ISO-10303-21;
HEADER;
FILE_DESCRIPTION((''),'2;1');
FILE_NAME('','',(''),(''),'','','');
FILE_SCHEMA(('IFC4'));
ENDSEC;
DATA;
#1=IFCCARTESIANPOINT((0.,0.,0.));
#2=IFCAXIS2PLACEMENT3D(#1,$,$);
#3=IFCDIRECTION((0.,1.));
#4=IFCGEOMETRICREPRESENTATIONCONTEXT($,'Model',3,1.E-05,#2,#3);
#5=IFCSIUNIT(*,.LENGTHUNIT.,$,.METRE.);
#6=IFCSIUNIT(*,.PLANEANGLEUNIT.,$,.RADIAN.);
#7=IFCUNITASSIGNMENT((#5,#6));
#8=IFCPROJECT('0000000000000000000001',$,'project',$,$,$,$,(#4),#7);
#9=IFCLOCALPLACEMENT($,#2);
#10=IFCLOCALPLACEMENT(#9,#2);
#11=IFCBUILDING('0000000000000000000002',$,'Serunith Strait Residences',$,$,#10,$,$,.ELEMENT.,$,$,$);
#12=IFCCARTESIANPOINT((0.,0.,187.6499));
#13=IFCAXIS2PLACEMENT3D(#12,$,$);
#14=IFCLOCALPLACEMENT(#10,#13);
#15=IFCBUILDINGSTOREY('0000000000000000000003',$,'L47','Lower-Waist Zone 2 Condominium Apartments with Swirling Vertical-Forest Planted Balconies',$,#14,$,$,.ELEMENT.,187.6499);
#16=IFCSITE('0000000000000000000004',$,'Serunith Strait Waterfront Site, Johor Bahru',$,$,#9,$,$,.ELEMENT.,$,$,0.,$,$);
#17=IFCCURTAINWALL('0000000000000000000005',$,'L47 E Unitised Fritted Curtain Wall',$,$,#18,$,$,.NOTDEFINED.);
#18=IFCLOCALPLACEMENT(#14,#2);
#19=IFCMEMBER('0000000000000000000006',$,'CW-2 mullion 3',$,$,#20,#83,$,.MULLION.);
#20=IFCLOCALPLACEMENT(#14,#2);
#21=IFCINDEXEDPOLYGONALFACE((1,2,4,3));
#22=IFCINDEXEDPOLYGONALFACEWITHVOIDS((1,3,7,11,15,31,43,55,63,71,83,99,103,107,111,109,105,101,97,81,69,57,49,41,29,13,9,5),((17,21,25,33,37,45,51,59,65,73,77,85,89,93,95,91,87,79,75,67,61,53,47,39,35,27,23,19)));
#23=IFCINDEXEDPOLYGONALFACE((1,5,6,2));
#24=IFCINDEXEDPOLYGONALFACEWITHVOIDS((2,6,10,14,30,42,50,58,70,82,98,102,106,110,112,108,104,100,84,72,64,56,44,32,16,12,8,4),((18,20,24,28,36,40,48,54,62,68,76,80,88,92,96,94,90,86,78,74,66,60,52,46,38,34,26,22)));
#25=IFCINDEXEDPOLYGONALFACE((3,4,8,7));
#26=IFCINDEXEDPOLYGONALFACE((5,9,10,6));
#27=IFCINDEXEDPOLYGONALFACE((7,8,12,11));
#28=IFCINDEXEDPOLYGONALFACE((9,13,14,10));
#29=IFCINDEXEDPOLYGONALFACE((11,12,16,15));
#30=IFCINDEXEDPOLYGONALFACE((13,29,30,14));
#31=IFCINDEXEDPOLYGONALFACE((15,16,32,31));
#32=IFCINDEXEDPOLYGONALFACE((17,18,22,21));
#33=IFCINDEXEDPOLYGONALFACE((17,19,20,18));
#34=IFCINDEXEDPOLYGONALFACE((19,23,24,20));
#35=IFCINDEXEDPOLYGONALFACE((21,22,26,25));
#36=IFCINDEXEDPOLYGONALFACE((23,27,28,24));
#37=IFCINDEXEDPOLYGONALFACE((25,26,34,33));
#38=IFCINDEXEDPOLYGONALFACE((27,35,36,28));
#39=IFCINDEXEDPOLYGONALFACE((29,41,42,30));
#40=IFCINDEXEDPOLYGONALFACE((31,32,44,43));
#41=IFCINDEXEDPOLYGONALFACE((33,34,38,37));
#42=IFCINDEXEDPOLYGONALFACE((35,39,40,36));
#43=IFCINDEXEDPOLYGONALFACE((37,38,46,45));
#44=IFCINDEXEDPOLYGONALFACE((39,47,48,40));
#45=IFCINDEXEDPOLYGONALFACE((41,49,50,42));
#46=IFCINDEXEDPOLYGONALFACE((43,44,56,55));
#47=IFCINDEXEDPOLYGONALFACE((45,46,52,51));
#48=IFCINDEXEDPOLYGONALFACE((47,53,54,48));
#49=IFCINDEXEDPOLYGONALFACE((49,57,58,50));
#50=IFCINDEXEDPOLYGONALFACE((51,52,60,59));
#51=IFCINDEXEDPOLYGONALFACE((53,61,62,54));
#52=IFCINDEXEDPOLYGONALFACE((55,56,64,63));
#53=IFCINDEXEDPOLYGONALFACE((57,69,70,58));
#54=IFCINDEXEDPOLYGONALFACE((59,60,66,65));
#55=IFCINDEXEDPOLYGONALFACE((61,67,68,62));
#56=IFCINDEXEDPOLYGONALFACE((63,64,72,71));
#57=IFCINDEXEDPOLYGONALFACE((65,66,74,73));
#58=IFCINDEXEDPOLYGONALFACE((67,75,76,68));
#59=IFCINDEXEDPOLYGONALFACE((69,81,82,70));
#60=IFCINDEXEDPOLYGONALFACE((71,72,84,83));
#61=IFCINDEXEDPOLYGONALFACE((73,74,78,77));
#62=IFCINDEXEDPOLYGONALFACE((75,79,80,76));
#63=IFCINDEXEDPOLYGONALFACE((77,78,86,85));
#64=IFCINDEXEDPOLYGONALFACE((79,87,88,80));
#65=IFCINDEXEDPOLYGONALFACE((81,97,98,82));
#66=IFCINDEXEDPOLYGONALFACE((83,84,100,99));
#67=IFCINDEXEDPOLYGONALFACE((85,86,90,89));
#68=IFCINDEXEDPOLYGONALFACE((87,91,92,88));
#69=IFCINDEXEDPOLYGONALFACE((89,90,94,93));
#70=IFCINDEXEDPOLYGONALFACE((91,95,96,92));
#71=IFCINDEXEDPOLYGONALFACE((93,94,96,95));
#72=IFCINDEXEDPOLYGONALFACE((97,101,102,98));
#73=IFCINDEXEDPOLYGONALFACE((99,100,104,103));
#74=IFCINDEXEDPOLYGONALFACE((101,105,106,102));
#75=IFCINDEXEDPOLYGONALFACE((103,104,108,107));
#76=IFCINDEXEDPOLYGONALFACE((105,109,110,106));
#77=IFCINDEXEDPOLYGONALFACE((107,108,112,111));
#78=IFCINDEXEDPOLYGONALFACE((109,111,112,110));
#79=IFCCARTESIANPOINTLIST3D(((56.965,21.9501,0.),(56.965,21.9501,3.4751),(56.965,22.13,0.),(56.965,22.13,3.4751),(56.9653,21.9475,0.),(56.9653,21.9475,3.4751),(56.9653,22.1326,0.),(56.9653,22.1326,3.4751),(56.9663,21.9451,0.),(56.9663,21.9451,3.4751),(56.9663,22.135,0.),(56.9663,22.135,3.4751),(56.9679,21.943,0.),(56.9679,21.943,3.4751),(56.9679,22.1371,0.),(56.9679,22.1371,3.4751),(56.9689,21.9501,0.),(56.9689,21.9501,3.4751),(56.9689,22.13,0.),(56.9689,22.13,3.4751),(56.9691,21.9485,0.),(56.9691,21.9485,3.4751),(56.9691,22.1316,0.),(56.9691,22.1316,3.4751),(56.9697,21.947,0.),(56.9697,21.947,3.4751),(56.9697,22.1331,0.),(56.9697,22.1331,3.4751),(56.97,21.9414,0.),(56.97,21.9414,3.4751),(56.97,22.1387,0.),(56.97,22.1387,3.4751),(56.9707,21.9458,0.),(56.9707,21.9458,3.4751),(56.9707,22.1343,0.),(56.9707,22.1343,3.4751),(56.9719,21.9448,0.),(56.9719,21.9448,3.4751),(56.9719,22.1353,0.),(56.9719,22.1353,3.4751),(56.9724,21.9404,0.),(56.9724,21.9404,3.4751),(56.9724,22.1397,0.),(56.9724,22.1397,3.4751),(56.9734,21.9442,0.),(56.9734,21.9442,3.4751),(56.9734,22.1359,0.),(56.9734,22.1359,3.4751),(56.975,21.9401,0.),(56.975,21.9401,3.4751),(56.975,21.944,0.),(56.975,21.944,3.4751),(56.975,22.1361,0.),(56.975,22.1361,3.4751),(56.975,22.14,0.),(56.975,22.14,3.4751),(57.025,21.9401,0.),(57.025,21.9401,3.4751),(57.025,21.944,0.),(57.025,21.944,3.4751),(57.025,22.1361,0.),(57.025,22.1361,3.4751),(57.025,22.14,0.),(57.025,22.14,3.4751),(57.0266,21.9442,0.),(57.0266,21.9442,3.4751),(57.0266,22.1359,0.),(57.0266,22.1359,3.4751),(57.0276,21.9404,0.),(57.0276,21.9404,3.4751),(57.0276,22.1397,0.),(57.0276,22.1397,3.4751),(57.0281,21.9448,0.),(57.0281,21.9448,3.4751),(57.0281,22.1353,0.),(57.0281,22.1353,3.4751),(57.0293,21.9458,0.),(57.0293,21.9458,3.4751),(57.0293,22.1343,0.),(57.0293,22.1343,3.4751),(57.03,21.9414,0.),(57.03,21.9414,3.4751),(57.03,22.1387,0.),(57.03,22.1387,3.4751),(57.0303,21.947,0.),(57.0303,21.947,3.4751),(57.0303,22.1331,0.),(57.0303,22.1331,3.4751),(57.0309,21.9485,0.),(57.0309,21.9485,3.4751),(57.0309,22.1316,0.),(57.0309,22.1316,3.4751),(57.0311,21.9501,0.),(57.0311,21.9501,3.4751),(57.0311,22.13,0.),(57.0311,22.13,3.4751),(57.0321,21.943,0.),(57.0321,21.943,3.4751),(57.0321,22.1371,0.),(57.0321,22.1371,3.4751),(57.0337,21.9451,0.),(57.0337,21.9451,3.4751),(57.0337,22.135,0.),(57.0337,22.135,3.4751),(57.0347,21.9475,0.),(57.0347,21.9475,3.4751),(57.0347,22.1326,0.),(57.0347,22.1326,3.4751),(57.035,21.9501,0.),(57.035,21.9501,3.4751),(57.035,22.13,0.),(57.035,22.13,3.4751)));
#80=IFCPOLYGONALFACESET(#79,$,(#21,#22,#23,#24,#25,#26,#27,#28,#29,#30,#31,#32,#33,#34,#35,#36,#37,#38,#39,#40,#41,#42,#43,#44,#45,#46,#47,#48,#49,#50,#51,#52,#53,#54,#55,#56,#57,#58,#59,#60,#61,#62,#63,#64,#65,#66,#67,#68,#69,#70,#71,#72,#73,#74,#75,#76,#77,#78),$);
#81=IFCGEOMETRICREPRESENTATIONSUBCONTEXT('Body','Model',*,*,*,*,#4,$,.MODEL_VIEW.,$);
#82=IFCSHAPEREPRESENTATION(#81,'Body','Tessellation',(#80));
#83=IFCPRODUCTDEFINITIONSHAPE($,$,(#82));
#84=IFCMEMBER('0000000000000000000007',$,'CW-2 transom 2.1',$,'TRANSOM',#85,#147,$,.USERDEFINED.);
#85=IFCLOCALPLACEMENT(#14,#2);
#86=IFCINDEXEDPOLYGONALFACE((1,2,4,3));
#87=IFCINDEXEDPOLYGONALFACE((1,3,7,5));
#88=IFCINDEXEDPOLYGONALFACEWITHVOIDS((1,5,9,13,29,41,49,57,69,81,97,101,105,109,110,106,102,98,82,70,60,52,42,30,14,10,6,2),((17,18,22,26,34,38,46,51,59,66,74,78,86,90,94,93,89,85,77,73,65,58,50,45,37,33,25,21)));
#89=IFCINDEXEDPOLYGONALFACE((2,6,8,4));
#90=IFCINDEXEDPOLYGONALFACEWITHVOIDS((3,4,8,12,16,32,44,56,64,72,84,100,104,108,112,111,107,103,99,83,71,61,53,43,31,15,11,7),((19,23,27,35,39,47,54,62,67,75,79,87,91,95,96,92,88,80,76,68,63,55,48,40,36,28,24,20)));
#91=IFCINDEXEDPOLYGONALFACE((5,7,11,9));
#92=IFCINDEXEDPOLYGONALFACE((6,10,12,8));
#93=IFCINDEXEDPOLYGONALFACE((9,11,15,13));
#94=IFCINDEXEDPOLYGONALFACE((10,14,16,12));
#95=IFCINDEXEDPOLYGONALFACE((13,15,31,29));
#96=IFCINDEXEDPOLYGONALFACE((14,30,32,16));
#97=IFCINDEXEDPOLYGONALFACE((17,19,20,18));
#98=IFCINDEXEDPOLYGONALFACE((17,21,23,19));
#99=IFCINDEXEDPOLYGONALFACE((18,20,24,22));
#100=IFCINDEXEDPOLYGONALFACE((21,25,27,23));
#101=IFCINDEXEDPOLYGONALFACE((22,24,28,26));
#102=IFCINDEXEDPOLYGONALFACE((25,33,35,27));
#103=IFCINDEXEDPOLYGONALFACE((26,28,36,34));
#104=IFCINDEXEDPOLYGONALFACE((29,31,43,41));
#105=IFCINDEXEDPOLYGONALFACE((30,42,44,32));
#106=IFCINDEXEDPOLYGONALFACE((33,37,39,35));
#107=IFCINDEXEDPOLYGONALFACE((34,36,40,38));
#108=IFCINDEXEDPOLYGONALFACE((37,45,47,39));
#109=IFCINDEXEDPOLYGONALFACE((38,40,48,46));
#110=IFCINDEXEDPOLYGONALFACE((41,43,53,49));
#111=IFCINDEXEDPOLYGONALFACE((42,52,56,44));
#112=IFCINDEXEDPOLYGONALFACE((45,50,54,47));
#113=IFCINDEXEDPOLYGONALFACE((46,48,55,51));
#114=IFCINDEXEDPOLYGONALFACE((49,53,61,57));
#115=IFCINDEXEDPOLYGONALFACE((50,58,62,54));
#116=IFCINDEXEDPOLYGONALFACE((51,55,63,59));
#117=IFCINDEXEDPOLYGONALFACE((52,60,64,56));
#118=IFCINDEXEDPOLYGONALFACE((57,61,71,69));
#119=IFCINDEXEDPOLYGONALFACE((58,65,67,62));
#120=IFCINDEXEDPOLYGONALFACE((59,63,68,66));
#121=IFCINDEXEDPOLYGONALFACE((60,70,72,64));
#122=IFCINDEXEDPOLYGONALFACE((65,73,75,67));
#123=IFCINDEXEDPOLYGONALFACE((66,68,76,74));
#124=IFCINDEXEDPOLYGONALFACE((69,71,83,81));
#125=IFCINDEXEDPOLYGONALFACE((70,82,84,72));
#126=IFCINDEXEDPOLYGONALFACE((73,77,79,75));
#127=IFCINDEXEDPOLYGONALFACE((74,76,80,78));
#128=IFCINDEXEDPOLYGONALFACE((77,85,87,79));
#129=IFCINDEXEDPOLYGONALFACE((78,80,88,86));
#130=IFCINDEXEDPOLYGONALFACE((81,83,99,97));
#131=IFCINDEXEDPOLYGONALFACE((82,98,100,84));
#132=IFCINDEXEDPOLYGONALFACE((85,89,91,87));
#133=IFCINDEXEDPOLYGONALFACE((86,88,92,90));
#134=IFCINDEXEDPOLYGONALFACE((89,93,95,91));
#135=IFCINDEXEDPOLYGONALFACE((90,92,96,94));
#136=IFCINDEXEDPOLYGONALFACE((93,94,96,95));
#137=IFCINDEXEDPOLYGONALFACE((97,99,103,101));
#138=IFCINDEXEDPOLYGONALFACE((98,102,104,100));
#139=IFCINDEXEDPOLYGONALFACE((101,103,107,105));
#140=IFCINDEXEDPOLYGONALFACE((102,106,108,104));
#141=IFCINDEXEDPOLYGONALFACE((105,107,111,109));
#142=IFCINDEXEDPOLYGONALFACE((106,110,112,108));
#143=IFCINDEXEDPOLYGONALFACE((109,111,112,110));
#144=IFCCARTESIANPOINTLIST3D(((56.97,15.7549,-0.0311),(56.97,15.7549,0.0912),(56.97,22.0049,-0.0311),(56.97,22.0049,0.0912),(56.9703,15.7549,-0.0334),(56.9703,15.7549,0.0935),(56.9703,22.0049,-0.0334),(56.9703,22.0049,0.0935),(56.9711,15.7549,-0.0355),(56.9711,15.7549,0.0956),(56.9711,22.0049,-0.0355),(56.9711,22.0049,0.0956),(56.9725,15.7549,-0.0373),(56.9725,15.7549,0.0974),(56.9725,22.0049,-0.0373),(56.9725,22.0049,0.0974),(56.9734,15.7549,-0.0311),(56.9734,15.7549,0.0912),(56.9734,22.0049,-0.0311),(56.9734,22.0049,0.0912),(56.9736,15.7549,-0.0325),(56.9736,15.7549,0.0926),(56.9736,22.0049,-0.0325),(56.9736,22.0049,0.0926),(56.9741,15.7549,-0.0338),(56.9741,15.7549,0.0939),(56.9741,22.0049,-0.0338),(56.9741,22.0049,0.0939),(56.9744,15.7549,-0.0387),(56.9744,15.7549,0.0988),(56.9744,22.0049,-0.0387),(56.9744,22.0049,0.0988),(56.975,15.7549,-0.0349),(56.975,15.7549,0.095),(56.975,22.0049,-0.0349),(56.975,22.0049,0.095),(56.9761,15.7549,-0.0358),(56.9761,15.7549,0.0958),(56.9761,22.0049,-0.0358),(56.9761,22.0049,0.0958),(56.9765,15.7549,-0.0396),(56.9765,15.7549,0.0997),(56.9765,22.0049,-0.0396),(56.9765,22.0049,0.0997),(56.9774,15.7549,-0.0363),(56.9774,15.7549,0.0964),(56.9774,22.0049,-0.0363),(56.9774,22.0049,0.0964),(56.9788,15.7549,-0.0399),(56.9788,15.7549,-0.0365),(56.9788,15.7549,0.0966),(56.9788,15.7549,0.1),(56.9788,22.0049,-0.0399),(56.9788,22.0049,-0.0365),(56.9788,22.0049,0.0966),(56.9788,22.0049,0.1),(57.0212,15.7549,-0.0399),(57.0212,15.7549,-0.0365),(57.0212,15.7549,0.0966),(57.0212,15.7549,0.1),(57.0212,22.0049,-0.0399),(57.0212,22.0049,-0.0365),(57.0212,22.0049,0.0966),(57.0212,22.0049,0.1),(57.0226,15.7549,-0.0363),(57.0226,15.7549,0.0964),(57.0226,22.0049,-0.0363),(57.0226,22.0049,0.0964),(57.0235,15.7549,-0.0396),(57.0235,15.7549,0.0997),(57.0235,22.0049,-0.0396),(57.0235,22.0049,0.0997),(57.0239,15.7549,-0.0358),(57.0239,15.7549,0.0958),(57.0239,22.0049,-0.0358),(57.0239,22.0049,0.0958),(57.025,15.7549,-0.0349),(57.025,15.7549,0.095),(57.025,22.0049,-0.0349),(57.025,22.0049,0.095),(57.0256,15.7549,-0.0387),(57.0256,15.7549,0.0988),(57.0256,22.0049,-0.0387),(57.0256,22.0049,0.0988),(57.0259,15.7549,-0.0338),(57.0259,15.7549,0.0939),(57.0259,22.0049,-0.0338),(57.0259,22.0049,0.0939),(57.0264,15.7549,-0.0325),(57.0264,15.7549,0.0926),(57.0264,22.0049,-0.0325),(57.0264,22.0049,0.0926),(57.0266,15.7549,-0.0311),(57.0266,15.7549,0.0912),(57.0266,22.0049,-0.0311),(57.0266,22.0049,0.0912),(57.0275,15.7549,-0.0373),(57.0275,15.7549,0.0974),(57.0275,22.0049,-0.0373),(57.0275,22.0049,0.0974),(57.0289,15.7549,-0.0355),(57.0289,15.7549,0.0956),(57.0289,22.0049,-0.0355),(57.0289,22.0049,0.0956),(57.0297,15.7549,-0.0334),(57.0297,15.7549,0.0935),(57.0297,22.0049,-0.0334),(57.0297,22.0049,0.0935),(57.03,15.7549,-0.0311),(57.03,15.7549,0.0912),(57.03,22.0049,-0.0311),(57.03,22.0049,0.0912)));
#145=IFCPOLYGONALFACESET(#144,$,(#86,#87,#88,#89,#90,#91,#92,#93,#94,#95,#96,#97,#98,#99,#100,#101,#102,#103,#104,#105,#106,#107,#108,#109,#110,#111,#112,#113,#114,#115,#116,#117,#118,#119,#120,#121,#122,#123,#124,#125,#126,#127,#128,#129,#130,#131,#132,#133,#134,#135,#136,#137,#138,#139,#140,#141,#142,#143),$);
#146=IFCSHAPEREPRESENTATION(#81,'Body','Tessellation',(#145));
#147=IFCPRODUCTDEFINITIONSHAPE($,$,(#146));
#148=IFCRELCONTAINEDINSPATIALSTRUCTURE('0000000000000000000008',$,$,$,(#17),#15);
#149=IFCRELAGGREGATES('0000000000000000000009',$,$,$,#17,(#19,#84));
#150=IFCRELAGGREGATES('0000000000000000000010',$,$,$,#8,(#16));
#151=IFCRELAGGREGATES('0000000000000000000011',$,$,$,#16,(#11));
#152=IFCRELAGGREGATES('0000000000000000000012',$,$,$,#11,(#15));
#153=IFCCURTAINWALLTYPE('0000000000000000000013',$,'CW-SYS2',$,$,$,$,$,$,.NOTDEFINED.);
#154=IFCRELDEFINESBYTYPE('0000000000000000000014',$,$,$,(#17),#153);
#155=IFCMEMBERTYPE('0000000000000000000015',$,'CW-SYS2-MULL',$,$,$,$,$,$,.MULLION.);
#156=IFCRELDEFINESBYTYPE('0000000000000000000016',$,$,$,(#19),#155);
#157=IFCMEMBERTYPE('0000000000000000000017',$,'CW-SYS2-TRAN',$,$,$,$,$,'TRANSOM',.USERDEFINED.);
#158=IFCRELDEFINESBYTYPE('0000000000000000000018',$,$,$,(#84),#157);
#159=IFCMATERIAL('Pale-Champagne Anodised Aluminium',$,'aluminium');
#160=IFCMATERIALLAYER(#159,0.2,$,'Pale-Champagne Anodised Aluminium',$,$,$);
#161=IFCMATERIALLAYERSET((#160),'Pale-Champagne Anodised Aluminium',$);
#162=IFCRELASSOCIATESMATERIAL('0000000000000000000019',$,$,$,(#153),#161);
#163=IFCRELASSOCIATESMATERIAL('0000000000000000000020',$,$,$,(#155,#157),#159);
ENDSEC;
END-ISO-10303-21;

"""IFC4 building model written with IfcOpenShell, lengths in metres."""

from ifc_helpers import new_model, si_unit, direction, frame, origin, origin_2d, place, context, subcontext, project, spatial, hollow_rectangle, extrude, source, transform, mapped, material, layer, layer_set, material_profile, profile_set, type_object, element, aggregate, save


model = new_model("IFC4")

# Units and contexts
model_context = context("Model", 3, precision=1e-05, world=origin(), true_north=direction((0.0, 1.0)))
body_context = subcontext(model_context, "Body", "Model", "MODEL_VIEW")
ifc_project = project(units=[si_unit("LENGTHUNIT", "METRE"), si_unit("PLANEANGLEUNIT", "RADIAN")], contexts=[model_context])

# Site, building, storey
site_placement = place(None, origin())
site = spatial("IfcSite", under=ifc_project, at=site_placement, Name="Serunith Strait Waterfront Site, Johor Bahru", CompositionType="ELEMENT", RefElevation=0.0)
building_placement = place(site_placement, origin())
building = spatial("IfcBuilding", under=site, at=building_placement, Name="Serunith Strait Residences", CompositionType="ELEMENT")
storey_placement = place(building_placement, frame((0.0, 0.0, 187.6499)))
storey = spatial("IfcBuildingStorey", under=building, at=storey_placement, Name="L47", Description="Lower-Waist Zone 2 Condominium Apartments with Swirling Vertical-Forest Planted Balconies", CompositionType="ELEMENT", Elevation=187.6499)

# Curtain wall, members
ifc_material_1 = material(Name="Pale-Champagne Anodised Aluminium", Category="aluminium")
ifc_layer_1 = layer(ifc_material_1, 0.2, Name="Pale-Champagne Anodised Aluminium")
ifc_layer_set_1 = layer_set([ifc_layer_1], Name="Pale-Champagne Anodised Aluminium")
curtain_wall_type = type_object("IfcCurtainWallType", Name="CW-SYS2", PredefinedType="NOTDEFINED", material=ifc_layer_set_1)
curtain_wall_placement = place(storey_placement, origin())
curtain_wall = element("IfcCurtainWall", 1, at=curtain_wall_placement, inside=storey, type_object=curtain_wall_type, Name="L47 E Unitised Fritted Curtain Wall", PredefinedType="NOTDEFINED")
ifc_material_profile_1 = material_profile(ifc_material_1, hollow_rectangle(XDim=0.0701, YDim=0.2, WallThickness=0.0039, InnerFilletRadius=0.0061, OuterFilletRadius=0.01, at=origin_2d()), Name="ALU 200x70x4")
ifc_profile_set_1 = profile_set([ifc_material_profile_1], Name="Pale-Champagne Anodised Aluminium")
member_type_1 = type_object("IfcMemberType", Name="CW-SYS2-MULL", PredefinedType="MULLION", material=ifc_profile_set_1)
shared_shape_1 = source(origin(), body_context, "Body", "SweptSolid", [
    extrude(hollow_rectangle(XDim=0.0701, YDim=0.2, WallThickness=0.0039, InnerFilletRadius=0.0061, OuterFilletRadius=0.01, at=origin_2d()), origin(), (0.0, 0.0, 1.0), 3.4751),
])
member_1_placement = place(storey_placement, frame((57.0, 22.04, 0.0), z_axis=(0.0, 0.0, 1.0), x_axis=(-1.0, 0.0, 0.0)))
member_1 = element("IfcMember", 2, at=member_1_placement, type_object=member_type_1, Name="CW-2 mullion 3", PredefinedType="MULLION", context=body_context, shape_type="MappedRepresentation", body=[
    mapped(shared_shape_1, transform((0.0, 0.0, 0.0), scale=1.0)),
])
ifc_material_profile_2 = material_profile(ifc_material_1, hollow_rectangle(XDim=0.0601, YDim=0.1399, WallThickness=0.0034, InnerFilletRadius=0.0054, OuterFilletRadius=0.0088, at=origin_2d()), Name="ALU 140x60x3.5")
ifc_profile_set_2 = profile_set([ifc_material_profile_2], Name="Pale-Champagne Anodised Aluminium")
member_type_2 = type_object("IfcMemberType", Name="CW-SYS2-TRAN", ElementType="TRANSOM", PredefinedType="USERDEFINED", material=ifc_profile_set_2)
shared_shape_2 = source(origin(), body_context, "Body", "SweptSolid", [
    extrude(hollow_rectangle(XDim=0.0601, YDim=0.1399, WallThickness=0.0034, InnerFilletRadius=0.0054, OuterFilletRadius=0.0088, at=origin_2d()), origin(), (0.0, 0.0, 1.0), 6.25),
])
member_2_placement = place(storey_placement, frame((57.0, 15.7549, 0.03), z_axis=(0.0, 1.0, 0.0), x_axis=(-1.0, 0.0, 0.0)))
member_2 = element("IfcMember", 3, at=member_2_placement, type_object=member_type_2, Name="CW-2 transom 2.1", ObjectType="TRANSOM", PredefinedType="USERDEFINED", context=body_context, shape_type="MappedRepresentation", body=[
    mapped(shared_shape_2, transform((0.0, 0.0, 0.0), scale=1.0)),
])
aggregate(curtain_wall, [member_1, member_2])

save(model, "model.ifc")
